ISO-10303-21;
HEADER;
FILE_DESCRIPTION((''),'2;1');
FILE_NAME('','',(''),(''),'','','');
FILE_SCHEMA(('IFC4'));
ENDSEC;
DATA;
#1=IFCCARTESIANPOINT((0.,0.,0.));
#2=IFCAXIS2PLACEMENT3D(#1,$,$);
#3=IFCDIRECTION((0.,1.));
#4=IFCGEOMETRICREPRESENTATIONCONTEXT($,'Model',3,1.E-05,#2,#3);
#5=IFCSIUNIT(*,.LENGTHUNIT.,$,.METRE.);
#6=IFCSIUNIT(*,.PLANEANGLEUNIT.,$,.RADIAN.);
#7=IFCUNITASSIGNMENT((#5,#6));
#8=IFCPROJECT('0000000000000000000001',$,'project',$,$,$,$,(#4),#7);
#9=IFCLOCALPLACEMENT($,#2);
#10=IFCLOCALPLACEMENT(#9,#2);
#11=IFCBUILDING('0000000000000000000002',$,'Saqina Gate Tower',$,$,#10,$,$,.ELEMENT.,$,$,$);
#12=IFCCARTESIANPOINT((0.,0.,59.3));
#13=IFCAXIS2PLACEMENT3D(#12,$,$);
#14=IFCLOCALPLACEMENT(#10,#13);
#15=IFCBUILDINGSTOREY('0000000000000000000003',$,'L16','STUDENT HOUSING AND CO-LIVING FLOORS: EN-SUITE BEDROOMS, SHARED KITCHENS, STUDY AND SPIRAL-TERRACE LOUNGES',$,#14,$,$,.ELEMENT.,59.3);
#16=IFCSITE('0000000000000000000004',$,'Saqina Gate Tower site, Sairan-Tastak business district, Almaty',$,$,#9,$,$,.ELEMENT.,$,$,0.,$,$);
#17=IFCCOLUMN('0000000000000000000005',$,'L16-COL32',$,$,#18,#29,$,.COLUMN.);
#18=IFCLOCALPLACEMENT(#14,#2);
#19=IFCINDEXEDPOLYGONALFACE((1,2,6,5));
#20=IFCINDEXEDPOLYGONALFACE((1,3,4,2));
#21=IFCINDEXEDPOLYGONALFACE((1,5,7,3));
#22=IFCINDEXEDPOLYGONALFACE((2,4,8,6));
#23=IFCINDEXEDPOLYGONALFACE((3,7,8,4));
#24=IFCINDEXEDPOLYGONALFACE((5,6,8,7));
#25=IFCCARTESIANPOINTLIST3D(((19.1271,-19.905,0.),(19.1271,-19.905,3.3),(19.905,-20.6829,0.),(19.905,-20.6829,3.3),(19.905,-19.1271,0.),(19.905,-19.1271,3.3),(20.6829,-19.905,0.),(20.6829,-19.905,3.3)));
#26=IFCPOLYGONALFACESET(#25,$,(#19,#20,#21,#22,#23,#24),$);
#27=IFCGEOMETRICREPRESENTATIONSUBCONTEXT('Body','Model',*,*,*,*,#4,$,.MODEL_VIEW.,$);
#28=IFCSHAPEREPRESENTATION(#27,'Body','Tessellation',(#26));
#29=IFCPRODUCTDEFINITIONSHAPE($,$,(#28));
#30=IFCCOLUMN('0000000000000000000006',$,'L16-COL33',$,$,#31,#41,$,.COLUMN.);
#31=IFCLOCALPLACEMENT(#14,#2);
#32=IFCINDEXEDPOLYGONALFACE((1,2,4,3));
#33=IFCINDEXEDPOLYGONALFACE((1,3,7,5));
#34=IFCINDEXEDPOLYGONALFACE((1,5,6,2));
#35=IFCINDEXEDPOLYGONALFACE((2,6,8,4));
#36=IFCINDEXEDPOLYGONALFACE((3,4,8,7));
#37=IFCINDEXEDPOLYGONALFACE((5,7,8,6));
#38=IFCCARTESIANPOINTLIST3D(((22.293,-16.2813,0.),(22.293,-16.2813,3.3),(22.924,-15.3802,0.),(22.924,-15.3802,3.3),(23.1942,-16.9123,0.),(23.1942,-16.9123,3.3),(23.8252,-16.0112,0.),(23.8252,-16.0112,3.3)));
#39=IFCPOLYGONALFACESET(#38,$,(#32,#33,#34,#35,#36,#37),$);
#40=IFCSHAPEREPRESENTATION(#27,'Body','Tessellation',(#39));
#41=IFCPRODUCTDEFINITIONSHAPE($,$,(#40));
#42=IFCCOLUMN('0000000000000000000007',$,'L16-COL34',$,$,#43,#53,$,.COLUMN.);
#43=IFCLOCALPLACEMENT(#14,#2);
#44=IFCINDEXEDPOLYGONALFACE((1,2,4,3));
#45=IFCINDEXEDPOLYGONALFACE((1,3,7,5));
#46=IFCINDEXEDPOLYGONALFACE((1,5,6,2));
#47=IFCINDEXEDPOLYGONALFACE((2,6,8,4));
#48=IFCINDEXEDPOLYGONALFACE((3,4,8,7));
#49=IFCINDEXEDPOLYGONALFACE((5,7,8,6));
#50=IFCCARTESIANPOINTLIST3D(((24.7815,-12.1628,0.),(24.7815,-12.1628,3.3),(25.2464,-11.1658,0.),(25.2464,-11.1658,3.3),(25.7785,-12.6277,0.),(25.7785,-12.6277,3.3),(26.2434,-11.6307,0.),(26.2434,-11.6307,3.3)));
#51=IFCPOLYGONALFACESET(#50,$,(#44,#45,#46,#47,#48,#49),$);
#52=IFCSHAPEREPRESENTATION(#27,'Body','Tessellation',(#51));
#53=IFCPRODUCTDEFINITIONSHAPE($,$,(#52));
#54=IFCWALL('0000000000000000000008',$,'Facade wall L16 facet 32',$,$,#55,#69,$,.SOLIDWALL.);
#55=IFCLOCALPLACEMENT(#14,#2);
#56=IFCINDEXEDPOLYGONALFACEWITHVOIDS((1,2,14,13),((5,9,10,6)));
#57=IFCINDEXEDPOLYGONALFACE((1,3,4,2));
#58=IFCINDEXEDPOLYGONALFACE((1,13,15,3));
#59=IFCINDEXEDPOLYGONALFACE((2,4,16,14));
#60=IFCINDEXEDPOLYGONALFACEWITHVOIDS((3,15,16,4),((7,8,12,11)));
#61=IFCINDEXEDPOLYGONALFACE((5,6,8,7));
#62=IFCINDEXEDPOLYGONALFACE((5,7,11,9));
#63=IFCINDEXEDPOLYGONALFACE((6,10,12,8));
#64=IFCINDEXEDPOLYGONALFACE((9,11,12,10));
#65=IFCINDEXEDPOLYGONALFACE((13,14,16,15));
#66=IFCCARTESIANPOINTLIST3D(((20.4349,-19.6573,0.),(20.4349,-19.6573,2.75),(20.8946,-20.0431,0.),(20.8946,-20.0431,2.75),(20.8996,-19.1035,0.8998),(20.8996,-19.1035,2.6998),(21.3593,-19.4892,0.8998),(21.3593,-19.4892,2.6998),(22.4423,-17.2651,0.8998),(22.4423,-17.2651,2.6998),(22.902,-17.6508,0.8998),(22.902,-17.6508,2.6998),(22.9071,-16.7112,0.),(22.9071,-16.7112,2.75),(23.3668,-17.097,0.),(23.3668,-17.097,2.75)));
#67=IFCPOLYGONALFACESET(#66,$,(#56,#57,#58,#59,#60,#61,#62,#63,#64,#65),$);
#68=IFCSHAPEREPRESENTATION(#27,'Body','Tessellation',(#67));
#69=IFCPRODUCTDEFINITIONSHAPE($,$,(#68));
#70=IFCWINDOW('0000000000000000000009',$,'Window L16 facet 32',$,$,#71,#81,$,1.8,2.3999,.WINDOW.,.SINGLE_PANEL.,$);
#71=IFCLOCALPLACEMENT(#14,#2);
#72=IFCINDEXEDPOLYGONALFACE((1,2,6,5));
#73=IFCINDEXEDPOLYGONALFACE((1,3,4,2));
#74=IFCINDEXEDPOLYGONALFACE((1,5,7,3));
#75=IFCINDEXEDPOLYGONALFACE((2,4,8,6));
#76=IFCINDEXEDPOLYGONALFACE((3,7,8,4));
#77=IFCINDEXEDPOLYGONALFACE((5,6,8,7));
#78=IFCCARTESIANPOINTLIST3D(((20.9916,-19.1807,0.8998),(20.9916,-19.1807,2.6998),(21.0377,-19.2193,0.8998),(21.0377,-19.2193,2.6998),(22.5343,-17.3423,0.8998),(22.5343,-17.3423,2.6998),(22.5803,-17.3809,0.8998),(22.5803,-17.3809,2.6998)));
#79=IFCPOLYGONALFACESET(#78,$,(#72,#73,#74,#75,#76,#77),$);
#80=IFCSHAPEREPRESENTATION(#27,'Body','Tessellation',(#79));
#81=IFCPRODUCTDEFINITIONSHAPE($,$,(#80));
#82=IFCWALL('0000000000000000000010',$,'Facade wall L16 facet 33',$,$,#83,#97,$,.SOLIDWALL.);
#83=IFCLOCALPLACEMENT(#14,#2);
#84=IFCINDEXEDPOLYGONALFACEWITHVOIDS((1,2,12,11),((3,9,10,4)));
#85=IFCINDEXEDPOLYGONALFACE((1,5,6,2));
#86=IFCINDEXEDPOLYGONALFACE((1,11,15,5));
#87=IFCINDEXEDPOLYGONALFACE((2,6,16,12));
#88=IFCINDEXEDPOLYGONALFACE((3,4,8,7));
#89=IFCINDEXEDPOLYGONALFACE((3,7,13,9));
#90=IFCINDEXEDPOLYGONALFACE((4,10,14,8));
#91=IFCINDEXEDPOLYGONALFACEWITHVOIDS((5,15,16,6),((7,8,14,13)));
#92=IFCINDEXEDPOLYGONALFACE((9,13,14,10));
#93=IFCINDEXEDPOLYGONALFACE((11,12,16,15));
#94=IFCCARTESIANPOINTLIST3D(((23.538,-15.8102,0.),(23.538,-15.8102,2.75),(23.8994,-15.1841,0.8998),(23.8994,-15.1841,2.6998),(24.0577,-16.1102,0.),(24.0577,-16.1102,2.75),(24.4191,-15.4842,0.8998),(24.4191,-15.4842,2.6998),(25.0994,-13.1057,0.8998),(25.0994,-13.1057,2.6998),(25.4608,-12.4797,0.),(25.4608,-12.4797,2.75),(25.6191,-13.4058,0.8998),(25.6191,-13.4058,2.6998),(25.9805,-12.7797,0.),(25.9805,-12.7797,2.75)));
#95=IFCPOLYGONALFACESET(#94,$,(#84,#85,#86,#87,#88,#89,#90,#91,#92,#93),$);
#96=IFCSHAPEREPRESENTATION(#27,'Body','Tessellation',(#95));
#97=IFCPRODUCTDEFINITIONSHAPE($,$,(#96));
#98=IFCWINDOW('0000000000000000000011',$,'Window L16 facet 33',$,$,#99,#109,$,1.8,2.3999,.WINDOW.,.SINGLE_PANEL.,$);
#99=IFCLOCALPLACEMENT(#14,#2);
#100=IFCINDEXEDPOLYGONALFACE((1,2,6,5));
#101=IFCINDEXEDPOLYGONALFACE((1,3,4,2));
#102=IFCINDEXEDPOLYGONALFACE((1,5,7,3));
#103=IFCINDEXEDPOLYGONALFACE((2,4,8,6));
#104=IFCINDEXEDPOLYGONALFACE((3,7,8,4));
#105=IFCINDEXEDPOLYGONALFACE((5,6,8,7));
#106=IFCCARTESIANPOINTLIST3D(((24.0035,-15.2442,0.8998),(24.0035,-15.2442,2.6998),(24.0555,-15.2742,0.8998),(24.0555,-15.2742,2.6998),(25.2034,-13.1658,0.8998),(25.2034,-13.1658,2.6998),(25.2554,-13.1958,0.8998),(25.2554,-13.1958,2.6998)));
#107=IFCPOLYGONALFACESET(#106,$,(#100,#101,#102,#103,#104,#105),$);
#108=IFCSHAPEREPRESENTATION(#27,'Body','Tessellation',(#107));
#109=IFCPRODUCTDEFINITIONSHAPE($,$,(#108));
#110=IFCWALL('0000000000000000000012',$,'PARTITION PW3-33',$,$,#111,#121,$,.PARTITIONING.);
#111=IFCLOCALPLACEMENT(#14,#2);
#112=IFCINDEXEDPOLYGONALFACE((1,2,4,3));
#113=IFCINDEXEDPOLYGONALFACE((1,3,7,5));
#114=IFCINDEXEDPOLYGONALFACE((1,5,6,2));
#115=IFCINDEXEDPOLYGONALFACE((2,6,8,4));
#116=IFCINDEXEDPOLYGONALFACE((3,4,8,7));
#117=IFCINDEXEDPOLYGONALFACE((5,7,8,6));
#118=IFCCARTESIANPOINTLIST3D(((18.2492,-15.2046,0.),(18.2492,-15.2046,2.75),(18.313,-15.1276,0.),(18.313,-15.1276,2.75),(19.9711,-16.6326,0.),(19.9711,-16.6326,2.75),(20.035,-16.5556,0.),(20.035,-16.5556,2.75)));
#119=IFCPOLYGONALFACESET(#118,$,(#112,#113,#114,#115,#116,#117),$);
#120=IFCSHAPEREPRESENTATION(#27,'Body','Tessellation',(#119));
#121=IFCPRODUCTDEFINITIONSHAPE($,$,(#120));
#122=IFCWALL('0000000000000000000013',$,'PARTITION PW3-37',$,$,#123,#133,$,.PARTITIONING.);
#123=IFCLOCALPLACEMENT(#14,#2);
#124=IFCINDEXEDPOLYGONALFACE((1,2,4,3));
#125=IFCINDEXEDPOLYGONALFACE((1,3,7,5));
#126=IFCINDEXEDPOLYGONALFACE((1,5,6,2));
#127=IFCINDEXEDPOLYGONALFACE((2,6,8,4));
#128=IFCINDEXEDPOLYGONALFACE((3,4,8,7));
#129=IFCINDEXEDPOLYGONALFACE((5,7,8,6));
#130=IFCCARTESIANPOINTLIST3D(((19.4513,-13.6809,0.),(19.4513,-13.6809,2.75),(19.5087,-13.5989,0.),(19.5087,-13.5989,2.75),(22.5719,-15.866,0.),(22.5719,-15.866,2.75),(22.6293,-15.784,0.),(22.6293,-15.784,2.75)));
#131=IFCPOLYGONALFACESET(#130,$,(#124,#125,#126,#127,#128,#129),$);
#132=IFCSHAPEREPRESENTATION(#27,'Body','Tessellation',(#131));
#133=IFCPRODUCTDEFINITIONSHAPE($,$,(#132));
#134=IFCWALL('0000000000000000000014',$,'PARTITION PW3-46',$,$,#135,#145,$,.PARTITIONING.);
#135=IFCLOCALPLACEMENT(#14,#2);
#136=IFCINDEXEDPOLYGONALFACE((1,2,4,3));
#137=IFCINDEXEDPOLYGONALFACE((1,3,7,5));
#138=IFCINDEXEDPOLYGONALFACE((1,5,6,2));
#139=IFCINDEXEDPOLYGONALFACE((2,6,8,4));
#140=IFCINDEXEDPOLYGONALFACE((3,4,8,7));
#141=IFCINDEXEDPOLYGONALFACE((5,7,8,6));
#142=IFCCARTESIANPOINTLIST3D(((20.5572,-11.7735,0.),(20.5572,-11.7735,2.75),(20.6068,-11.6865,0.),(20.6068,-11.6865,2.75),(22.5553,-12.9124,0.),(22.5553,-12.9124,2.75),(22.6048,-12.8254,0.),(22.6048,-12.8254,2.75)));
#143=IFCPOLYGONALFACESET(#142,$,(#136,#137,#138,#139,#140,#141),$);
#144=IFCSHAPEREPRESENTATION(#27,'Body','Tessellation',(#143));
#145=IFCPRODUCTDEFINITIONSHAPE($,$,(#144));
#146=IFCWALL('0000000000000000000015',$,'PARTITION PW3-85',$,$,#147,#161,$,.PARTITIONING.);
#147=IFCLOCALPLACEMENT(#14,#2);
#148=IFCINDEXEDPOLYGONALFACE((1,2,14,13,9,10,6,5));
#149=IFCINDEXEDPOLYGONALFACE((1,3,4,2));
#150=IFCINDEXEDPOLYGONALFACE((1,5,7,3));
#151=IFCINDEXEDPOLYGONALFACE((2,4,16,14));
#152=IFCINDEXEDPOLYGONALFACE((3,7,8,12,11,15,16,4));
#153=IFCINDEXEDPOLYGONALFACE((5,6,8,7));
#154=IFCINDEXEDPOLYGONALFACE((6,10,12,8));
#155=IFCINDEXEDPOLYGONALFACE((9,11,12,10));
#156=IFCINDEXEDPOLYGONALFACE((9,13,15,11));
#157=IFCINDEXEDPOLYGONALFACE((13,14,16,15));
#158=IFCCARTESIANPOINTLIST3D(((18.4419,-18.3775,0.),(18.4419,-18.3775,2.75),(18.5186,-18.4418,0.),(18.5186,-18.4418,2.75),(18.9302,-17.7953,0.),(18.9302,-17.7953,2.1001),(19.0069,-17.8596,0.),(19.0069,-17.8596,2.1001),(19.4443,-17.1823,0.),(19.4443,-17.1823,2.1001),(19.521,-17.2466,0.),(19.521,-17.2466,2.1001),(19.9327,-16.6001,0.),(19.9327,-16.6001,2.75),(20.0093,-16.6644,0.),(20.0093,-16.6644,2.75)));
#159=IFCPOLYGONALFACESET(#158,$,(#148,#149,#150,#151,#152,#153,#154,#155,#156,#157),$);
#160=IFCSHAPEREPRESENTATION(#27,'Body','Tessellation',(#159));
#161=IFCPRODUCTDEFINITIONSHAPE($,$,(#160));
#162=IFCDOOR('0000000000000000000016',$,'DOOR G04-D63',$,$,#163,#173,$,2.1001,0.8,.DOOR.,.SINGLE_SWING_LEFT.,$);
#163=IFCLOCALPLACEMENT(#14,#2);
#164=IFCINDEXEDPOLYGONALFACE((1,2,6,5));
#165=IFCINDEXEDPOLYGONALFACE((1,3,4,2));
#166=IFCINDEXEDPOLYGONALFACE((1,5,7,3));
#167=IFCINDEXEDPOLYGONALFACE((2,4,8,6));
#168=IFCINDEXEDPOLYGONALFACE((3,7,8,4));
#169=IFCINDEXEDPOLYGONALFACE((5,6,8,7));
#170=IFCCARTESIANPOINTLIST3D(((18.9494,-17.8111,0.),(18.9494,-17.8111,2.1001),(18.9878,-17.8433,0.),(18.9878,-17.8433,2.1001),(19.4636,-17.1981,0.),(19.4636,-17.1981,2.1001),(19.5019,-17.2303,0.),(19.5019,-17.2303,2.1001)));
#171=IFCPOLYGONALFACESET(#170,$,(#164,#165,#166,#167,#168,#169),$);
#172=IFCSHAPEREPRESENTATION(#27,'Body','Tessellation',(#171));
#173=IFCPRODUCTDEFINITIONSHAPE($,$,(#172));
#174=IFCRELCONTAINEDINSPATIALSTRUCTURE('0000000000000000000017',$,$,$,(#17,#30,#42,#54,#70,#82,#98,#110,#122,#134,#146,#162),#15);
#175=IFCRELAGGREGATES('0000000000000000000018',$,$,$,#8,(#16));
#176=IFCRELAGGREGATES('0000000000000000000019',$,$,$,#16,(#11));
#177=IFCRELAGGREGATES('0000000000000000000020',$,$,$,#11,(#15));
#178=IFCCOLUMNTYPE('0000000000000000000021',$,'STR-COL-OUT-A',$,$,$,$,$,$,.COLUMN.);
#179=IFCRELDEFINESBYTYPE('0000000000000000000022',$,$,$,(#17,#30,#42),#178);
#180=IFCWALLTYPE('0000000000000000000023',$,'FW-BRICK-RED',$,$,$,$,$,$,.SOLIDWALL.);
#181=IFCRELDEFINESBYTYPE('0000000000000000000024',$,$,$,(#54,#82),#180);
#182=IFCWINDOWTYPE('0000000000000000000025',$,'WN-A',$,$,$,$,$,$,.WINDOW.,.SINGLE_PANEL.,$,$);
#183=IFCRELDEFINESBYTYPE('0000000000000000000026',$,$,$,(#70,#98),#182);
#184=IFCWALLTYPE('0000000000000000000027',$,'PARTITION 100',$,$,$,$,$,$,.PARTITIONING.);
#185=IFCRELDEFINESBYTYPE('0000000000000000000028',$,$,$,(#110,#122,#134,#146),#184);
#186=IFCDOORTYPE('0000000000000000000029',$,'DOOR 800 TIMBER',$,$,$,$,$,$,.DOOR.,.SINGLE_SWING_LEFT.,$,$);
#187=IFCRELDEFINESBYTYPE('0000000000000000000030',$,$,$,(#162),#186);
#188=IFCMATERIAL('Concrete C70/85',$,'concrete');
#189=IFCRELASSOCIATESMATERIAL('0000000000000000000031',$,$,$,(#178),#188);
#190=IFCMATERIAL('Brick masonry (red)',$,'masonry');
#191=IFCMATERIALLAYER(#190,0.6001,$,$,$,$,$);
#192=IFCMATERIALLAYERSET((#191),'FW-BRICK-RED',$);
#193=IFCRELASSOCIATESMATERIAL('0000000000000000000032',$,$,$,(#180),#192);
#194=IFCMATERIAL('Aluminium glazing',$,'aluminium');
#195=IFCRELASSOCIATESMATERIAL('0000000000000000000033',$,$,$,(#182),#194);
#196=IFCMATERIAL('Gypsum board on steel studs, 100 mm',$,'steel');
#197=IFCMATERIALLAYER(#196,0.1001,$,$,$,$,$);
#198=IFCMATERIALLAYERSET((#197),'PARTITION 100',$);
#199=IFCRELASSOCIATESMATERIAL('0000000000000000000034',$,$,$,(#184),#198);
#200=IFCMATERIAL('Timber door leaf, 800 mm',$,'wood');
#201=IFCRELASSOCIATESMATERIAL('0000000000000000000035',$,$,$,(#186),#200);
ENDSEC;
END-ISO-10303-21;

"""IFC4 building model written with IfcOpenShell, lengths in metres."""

from ifc_helpers import new_model, si_unit, direction, frame, frame_2d, origin, origin_2d, place, context, subcontext, project, spatial, rectangle, extrude, material, layer, layer_set, material_profile, profile_set, type_object, element, fill, save


model = new_model("IFC4")

# Units and contexts
model_context = context("Model", 3, precision=1e-05, world=origin(), true_north=direction((0.0, 1.0)))
body_context = subcontext(model_context, "Body", "Model", "MODEL_VIEW")
ifc_project = project(units=[si_unit("LENGTHUNIT", "METRE"), si_unit("PLANEANGLEUNIT", "RADIAN")], contexts=[model_context])

# Site, building, storey
site_placement = place(None, origin())
site = spatial("IfcSite", under=ifc_project, at=site_placement, Name="Saqina Gate Tower site, Sairan-Tastak business district, Almaty", CompositionType="ELEMENT", RefElevation=0.0)
building_placement = place(site_placement, origin())
building = spatial("IfcBuilding", under=site, at=building_placement, Name="Saqina Gate Tower", CompositionType="ELEMENT")
storey_placement = place(building_placement, frame((0.0, 0.0, 59.3)))
storey = spatial("IfcBuildingStorey", under=building, at=storey_placement, Name="L16", Description="STUDENT HOUSING AND CO-LIVING FLOORS: EN-SUITE BEDROOMS, SHARED KITCHENS, STUDY AND SPIRAL-TERRACE LOUNGES", CompositionType="ELEMENT", Elevation=59.3)

# Columns
ifc_material_1 = material(Name="Concrete C70/85", Category="concrete")
ifc_material_profile = material_profile(ifc_material_1, rectangle(XDim=1.1001, YDim=1.1001, at=origin_2d()), Name="RC 1100x1100")
ifc_profile_set = profile_set([ifc_material_profile], Name="Concrete C70/85")
column_type = type_object("IfcColumnType", Name="STR-COL-OUT-A", PredefinedType="COLUMN", material=ifc_profile_set)
for number, where, z_axis, x_axis, name in (
    (1, (19.905, -19.905, 0.0), (0.0, 0.0, 1.0), (0.707107, -0.707107, 0.0), "L16-COL32"),
    (2, (23.0591, -16.1462, 0.0), (0.0, 0.0, 1.0), (0.819152, -0.573576, 0.0), "L16-COL33"),
    (3, (25.5125, -11.8967, 0.0), (0.0, 0.0, 1.0), (0.906308, -0.422618, 0.0), "L16-COL34"),
):
    element("IfcColumn", number, at=place(storey_placement, frame(where, z_axis=z_axis, x_axis=x_axis)), inside=storey, type_object=column_type, Name=name, PredefinedType="COLUMN", context=body_context, shape_type="SweptSolid", body=[
        extrude(rectangle(XDim=1.1001, YDim=1.1001, at=origin_2d()), origin(), (0.0, 0.0, 1.0), 3.3),
    ])

# Walls, openings, windows
ifc_material_2 = material(Name="Brick masonry (red)", Category="masonry")
ifc_layer_1 = layer(ifc_material_2, 0.6001)
ifc_layer_set_1 = layer_set([ifc_layer_1], Name="FW-BRICK-RED")
wall_type_1 = type_object("IfcWallType", Name="FW-BRICK-RED", PredefinedType="SOLIDWALL", material=ifc_layer_set_1)
wall_1_placement = place(storey_placement, frame((20.6648, -19.8501, 0.0), z_axis=(0.0, 0.0, 1.0), x_axis=(0.642809, 0.766026, 0.0)))
wall_1 = element("IfcWall", 4, at=wall_1_placement, inside=storey, type_object=wall_type_1, Name="Facade wall L16 facet 32", PredefinedType="SOLIDWALL", context=body_context, shape_type="SweptSolid", body=[
    extrude(rectangle(XDim=3.8459, YDim=0.6001, at=frame_2d((1.9229, 0.0))), origin(), (0.0, 0.0, 1.0), 2.75),
])
opening_1_placement = place(wall_1_placement, frame((0.7229, 0.0, 0.8999)))
opening_1 = element("IfcOpeningElement", 5, at=opening_1_placement, cuts=wall_1, PredefinedType="OPENING", context=body_context, shape_type="SweptSolid", body=[
    extrude(rectangle(XDim=2.3999, YDim=1.8, at=frame_2d((1.2, 0.8999))), frame((0.0, 0.312, 0.0), z_axis=(0.0, -1.0, 0.0), x_axis=(1.0, 0.0, 0.0)), (0.0, 0.0, 1.0), 0.624),
])
ifc_material_3 = material(Name="Aluminium glazing", Category="aluminium")
window_type = type_object("IfcWindowType", Name="WN-A", PartitioningType="SINGLE_PANEL", PredefinedType="WINDOW", material=ifc_material_3)
window_1_placement = place(opening_1_placement, origin())
window_1 = element("IfcWindow", 6, at=window_1_placement, inside=storey, type_object=window_type, Name="Window L16 facet 32", OverallHeight=1.8, OverallWidth=2.3999, PartitioningType="SINGLE_PANEL", PredefinedType="WINDOW", context=body_context, shape_type="SweptSolid", body=[
    extrude(rectangle(XDim=2.3999, YDim=1.8, at=frame_2d((1.2, 0.8999))), frame((0.0, 0.1799, 0.0), z_axis=(0.0, -1.0, 0.0), x_axis=(1.0, 0.0, 0.0)), (0.0, 0.0, 1.0), 0.0601),
])
fill(opening_1, window_1)
wall_2_placement = place(storey_placement, frame((23.7979, -15.9602, 0.0), z_axis=(0.0, 0.0, 1.0), x_axis=(0.49999, 0.866031, 0.0)))
wall_2 = element("IfcWall", 7, at=wall_2_placement, inside=storey, type_object=wall_type_1, Name="Facade wall L16 facet 33", PredefinedType="SOLIDWALL", context=body_context, shape_type="SweptSolid", body=[
    extrude(rectangle(XDim=3.8457, YDim=0.6001, at=frame_2d((1.9229, 0.0))), origin(), (0.0, 0.0, 1.0), 2.75),
])
opening_2_placement = place(wall_2_placement, frame((0.7229, 0.0, 0.8999)))
opening_2 = element("IfcOpeningElement", 8, at=opening_2_placement, cuts=wall_2, PredefinedType="OPENING", context=body_context, shape_type="SweptSolid", body=[
    extrude(rectangle(XDim=2.3999, YDim=1.8, at=frame_2d((1.2, 0.8999))), frame((0.0, 0.312, 0.0), z_axis=(0.0, -1.0, 0.0), x_axis=(1.0, 0.0, 0.0)), (0.0, 0.0, 1.0), 0.624),
])
window_2_placement = place(opening_2_placement, origin())
window_2 = element("IfcWindow", 9, at=window_2_placement, inside=storey, type_object=window_type, Name="Window L16 facet 33", OverallHeight=1.8, OverallWidth=2.3999, PartitioningType="SINGLE_PANEL", PredefinedType="WINDOW", context=body_context, shape_type="SweptSolid", body=[
    extrude(rectangle(XDim=2.3999, YDim=1.8, at=frame_2d((1.2, 0.8999))), frame((0.0, 0.1799, 0.0), z_axis=(0.0, -1.0, 0.0), x_axis=(1.0, 0.0, 0.0)), (0.0, 0.0, 1.0), 0.0601),
])
fill(opening_2, window_2)

# Walls
ifc_material_4 = material(Name="Gypsum board on steel studs, 100 mm", Category="steel")
ifc_layer_2 = layer(ifc_material_4, 0.1001)
ifc_layer_set_2 = layer_set([ifc_layer_2], Name="PARTITION 100")
wall_type_2 = type_object("IfcWallType", Name="PARTITION 100", PredefinedType="PARTITIONING", material=ifc_layer_set_2)
wall_3_placement = place(storey_placement, frame((18.281, -15.166, 0.0), z_axis=(0.0, 0.0, 1.0), x_axis=(0.769749, -0.638347, 0.0)))
element("IfcWall", 10, at=wall_3_placement, inside=storey, type_object=wall_type_2, Name="PARTITION PW3-33", PredefinedType="PARTITIONING", context=body_context, shape_type="SweptSolid", body=[
    extrude(rectangle(XDim=2.2371, YDim=0.1001, at=frame_2d((1.1187, 0.0))), origin(), (0.0, 0.0, 1.0), 2.75),
])
wall_4_placement = place(storey_placement, frame((19.48, -13.6399, 0.0), z_axis=(0.0, 0.0, 1.0), x_axis=(0.819154, -0.573574, 0.0)))
element("IfcWall", 11, at=wall_4_placement, inside=storey, type_object=wall_type_2, Name="PARTITION PW3-37", PredefinedType="PARTITIONING", context=body_context, shape_type="SweptSolid", body=[
    extrude(rectangle(XDim=3.8096, YDim=0.1001, at=frame_2d((1.9048, 0.0))), origin(), (0.0, 0.0, 1.0), 2.75),
])
wall_5_placement = place(storey_placement, frame((20.582, -11.73, 0.0), z_axis=(0.0, 0.0, 1.0), x_axis=(0.868772, -0.495213, 0.0)))
element("IfcWall", 12, at=wall_5_placement, inside=storey, type_object=wall_type_2, Name="PARTITION PW3-46", PredefinedType="PARTITIONING", context=body_context, shape_type="SweptSolid", body=[
    extrude(rectangle(XDim=2.2998, YDim=0.1001, at=frame_2d((1.1499, 0.0))), origin(), (0.0, 0.0, 1.0), 2.75),
])

# Wall, opening, door
wall_6_placement = place(storey_placement, frame((18.4802, -18.4097, 0.0), z_axis=(0.0, 0.0, 1.0), x_axis=(0.642624, 0.766182, 0.0)))
wall_6 = element("IfcWall", 13, at=wall_6_placement, inside=storey, type_object=wall_type_2, Name="PARTITION PW3-85", PredefinedType="PARTITIONING", context=body_context, shape_type="SweptSolid", body=[
    extrude(rectangle(XDim=2.3198, YDim=0.1001, at=frame_2d((1.1599, 0.0))), origin(), (0.0, 0.0, 1.0), 2.75),
])
opening_3_placement = place(wall_6_placement, frame((0.76, 0.0, 0.0)))
opening_3 = element("IfcOpeningElement", 14, at=opening_3_placement, cuts=wall_6, PredefinedType="OPENING", context=body_context, shape_type="SweptSolid", body=[
    extrude(rectangle(XDim=0.8, YDim=2.1001, at=frame_2d((0.3999, 1.05))), frame((0.0, 0.062, 0.0), z_axis=(0.0, -1.0, 0.0), x_axis=(1.0, 0.0, 0.0)), (0.0, 0.0, 1.0), 0.124),
])
ifc_material_5 = material(Name="Timber door leaf, 800 mm", Category="wood")
door_type_1 = type_object("IfcDoorType", Name="DOOR 800 TIMBER", OperationType="SINGLE_SWING_LEFT", PredefinedType="DOOR", material=ifc_material_5)
door_1_placement = place(opening_3_placement, frame((0.8, 0.0, 0.0), z_axis=(0.0, 0.0, 1.0), x_axis=(-1.0, 0.0, 0.0)))
door_1 = element("IfcDoor", 15, at=door_1_placement, inside=storey, type_object=door_type_1, Name="DOOR G04-D63", OperationType="SINGLE_SWING_LEFT", OverallHeight=2.1001, OverallWidth=0.8, PredefinedType="DOOR", context=body_context, shape_type="SweptSolid", body=[
    extrude(rectangle(XDim=0.8, YDim=2.1001, at=frame_2d((0.3999, 1.05))), frame((0.0, 0.0249, 0.0), z_axis=(0.0, -1.0, 0.0), x_axis=(1.0, 0.0, 0.0)), (0.0, 0.0, 1.0), 0.05),
])
fill(opening_3, door_1)

save(model, "model.ifc")
